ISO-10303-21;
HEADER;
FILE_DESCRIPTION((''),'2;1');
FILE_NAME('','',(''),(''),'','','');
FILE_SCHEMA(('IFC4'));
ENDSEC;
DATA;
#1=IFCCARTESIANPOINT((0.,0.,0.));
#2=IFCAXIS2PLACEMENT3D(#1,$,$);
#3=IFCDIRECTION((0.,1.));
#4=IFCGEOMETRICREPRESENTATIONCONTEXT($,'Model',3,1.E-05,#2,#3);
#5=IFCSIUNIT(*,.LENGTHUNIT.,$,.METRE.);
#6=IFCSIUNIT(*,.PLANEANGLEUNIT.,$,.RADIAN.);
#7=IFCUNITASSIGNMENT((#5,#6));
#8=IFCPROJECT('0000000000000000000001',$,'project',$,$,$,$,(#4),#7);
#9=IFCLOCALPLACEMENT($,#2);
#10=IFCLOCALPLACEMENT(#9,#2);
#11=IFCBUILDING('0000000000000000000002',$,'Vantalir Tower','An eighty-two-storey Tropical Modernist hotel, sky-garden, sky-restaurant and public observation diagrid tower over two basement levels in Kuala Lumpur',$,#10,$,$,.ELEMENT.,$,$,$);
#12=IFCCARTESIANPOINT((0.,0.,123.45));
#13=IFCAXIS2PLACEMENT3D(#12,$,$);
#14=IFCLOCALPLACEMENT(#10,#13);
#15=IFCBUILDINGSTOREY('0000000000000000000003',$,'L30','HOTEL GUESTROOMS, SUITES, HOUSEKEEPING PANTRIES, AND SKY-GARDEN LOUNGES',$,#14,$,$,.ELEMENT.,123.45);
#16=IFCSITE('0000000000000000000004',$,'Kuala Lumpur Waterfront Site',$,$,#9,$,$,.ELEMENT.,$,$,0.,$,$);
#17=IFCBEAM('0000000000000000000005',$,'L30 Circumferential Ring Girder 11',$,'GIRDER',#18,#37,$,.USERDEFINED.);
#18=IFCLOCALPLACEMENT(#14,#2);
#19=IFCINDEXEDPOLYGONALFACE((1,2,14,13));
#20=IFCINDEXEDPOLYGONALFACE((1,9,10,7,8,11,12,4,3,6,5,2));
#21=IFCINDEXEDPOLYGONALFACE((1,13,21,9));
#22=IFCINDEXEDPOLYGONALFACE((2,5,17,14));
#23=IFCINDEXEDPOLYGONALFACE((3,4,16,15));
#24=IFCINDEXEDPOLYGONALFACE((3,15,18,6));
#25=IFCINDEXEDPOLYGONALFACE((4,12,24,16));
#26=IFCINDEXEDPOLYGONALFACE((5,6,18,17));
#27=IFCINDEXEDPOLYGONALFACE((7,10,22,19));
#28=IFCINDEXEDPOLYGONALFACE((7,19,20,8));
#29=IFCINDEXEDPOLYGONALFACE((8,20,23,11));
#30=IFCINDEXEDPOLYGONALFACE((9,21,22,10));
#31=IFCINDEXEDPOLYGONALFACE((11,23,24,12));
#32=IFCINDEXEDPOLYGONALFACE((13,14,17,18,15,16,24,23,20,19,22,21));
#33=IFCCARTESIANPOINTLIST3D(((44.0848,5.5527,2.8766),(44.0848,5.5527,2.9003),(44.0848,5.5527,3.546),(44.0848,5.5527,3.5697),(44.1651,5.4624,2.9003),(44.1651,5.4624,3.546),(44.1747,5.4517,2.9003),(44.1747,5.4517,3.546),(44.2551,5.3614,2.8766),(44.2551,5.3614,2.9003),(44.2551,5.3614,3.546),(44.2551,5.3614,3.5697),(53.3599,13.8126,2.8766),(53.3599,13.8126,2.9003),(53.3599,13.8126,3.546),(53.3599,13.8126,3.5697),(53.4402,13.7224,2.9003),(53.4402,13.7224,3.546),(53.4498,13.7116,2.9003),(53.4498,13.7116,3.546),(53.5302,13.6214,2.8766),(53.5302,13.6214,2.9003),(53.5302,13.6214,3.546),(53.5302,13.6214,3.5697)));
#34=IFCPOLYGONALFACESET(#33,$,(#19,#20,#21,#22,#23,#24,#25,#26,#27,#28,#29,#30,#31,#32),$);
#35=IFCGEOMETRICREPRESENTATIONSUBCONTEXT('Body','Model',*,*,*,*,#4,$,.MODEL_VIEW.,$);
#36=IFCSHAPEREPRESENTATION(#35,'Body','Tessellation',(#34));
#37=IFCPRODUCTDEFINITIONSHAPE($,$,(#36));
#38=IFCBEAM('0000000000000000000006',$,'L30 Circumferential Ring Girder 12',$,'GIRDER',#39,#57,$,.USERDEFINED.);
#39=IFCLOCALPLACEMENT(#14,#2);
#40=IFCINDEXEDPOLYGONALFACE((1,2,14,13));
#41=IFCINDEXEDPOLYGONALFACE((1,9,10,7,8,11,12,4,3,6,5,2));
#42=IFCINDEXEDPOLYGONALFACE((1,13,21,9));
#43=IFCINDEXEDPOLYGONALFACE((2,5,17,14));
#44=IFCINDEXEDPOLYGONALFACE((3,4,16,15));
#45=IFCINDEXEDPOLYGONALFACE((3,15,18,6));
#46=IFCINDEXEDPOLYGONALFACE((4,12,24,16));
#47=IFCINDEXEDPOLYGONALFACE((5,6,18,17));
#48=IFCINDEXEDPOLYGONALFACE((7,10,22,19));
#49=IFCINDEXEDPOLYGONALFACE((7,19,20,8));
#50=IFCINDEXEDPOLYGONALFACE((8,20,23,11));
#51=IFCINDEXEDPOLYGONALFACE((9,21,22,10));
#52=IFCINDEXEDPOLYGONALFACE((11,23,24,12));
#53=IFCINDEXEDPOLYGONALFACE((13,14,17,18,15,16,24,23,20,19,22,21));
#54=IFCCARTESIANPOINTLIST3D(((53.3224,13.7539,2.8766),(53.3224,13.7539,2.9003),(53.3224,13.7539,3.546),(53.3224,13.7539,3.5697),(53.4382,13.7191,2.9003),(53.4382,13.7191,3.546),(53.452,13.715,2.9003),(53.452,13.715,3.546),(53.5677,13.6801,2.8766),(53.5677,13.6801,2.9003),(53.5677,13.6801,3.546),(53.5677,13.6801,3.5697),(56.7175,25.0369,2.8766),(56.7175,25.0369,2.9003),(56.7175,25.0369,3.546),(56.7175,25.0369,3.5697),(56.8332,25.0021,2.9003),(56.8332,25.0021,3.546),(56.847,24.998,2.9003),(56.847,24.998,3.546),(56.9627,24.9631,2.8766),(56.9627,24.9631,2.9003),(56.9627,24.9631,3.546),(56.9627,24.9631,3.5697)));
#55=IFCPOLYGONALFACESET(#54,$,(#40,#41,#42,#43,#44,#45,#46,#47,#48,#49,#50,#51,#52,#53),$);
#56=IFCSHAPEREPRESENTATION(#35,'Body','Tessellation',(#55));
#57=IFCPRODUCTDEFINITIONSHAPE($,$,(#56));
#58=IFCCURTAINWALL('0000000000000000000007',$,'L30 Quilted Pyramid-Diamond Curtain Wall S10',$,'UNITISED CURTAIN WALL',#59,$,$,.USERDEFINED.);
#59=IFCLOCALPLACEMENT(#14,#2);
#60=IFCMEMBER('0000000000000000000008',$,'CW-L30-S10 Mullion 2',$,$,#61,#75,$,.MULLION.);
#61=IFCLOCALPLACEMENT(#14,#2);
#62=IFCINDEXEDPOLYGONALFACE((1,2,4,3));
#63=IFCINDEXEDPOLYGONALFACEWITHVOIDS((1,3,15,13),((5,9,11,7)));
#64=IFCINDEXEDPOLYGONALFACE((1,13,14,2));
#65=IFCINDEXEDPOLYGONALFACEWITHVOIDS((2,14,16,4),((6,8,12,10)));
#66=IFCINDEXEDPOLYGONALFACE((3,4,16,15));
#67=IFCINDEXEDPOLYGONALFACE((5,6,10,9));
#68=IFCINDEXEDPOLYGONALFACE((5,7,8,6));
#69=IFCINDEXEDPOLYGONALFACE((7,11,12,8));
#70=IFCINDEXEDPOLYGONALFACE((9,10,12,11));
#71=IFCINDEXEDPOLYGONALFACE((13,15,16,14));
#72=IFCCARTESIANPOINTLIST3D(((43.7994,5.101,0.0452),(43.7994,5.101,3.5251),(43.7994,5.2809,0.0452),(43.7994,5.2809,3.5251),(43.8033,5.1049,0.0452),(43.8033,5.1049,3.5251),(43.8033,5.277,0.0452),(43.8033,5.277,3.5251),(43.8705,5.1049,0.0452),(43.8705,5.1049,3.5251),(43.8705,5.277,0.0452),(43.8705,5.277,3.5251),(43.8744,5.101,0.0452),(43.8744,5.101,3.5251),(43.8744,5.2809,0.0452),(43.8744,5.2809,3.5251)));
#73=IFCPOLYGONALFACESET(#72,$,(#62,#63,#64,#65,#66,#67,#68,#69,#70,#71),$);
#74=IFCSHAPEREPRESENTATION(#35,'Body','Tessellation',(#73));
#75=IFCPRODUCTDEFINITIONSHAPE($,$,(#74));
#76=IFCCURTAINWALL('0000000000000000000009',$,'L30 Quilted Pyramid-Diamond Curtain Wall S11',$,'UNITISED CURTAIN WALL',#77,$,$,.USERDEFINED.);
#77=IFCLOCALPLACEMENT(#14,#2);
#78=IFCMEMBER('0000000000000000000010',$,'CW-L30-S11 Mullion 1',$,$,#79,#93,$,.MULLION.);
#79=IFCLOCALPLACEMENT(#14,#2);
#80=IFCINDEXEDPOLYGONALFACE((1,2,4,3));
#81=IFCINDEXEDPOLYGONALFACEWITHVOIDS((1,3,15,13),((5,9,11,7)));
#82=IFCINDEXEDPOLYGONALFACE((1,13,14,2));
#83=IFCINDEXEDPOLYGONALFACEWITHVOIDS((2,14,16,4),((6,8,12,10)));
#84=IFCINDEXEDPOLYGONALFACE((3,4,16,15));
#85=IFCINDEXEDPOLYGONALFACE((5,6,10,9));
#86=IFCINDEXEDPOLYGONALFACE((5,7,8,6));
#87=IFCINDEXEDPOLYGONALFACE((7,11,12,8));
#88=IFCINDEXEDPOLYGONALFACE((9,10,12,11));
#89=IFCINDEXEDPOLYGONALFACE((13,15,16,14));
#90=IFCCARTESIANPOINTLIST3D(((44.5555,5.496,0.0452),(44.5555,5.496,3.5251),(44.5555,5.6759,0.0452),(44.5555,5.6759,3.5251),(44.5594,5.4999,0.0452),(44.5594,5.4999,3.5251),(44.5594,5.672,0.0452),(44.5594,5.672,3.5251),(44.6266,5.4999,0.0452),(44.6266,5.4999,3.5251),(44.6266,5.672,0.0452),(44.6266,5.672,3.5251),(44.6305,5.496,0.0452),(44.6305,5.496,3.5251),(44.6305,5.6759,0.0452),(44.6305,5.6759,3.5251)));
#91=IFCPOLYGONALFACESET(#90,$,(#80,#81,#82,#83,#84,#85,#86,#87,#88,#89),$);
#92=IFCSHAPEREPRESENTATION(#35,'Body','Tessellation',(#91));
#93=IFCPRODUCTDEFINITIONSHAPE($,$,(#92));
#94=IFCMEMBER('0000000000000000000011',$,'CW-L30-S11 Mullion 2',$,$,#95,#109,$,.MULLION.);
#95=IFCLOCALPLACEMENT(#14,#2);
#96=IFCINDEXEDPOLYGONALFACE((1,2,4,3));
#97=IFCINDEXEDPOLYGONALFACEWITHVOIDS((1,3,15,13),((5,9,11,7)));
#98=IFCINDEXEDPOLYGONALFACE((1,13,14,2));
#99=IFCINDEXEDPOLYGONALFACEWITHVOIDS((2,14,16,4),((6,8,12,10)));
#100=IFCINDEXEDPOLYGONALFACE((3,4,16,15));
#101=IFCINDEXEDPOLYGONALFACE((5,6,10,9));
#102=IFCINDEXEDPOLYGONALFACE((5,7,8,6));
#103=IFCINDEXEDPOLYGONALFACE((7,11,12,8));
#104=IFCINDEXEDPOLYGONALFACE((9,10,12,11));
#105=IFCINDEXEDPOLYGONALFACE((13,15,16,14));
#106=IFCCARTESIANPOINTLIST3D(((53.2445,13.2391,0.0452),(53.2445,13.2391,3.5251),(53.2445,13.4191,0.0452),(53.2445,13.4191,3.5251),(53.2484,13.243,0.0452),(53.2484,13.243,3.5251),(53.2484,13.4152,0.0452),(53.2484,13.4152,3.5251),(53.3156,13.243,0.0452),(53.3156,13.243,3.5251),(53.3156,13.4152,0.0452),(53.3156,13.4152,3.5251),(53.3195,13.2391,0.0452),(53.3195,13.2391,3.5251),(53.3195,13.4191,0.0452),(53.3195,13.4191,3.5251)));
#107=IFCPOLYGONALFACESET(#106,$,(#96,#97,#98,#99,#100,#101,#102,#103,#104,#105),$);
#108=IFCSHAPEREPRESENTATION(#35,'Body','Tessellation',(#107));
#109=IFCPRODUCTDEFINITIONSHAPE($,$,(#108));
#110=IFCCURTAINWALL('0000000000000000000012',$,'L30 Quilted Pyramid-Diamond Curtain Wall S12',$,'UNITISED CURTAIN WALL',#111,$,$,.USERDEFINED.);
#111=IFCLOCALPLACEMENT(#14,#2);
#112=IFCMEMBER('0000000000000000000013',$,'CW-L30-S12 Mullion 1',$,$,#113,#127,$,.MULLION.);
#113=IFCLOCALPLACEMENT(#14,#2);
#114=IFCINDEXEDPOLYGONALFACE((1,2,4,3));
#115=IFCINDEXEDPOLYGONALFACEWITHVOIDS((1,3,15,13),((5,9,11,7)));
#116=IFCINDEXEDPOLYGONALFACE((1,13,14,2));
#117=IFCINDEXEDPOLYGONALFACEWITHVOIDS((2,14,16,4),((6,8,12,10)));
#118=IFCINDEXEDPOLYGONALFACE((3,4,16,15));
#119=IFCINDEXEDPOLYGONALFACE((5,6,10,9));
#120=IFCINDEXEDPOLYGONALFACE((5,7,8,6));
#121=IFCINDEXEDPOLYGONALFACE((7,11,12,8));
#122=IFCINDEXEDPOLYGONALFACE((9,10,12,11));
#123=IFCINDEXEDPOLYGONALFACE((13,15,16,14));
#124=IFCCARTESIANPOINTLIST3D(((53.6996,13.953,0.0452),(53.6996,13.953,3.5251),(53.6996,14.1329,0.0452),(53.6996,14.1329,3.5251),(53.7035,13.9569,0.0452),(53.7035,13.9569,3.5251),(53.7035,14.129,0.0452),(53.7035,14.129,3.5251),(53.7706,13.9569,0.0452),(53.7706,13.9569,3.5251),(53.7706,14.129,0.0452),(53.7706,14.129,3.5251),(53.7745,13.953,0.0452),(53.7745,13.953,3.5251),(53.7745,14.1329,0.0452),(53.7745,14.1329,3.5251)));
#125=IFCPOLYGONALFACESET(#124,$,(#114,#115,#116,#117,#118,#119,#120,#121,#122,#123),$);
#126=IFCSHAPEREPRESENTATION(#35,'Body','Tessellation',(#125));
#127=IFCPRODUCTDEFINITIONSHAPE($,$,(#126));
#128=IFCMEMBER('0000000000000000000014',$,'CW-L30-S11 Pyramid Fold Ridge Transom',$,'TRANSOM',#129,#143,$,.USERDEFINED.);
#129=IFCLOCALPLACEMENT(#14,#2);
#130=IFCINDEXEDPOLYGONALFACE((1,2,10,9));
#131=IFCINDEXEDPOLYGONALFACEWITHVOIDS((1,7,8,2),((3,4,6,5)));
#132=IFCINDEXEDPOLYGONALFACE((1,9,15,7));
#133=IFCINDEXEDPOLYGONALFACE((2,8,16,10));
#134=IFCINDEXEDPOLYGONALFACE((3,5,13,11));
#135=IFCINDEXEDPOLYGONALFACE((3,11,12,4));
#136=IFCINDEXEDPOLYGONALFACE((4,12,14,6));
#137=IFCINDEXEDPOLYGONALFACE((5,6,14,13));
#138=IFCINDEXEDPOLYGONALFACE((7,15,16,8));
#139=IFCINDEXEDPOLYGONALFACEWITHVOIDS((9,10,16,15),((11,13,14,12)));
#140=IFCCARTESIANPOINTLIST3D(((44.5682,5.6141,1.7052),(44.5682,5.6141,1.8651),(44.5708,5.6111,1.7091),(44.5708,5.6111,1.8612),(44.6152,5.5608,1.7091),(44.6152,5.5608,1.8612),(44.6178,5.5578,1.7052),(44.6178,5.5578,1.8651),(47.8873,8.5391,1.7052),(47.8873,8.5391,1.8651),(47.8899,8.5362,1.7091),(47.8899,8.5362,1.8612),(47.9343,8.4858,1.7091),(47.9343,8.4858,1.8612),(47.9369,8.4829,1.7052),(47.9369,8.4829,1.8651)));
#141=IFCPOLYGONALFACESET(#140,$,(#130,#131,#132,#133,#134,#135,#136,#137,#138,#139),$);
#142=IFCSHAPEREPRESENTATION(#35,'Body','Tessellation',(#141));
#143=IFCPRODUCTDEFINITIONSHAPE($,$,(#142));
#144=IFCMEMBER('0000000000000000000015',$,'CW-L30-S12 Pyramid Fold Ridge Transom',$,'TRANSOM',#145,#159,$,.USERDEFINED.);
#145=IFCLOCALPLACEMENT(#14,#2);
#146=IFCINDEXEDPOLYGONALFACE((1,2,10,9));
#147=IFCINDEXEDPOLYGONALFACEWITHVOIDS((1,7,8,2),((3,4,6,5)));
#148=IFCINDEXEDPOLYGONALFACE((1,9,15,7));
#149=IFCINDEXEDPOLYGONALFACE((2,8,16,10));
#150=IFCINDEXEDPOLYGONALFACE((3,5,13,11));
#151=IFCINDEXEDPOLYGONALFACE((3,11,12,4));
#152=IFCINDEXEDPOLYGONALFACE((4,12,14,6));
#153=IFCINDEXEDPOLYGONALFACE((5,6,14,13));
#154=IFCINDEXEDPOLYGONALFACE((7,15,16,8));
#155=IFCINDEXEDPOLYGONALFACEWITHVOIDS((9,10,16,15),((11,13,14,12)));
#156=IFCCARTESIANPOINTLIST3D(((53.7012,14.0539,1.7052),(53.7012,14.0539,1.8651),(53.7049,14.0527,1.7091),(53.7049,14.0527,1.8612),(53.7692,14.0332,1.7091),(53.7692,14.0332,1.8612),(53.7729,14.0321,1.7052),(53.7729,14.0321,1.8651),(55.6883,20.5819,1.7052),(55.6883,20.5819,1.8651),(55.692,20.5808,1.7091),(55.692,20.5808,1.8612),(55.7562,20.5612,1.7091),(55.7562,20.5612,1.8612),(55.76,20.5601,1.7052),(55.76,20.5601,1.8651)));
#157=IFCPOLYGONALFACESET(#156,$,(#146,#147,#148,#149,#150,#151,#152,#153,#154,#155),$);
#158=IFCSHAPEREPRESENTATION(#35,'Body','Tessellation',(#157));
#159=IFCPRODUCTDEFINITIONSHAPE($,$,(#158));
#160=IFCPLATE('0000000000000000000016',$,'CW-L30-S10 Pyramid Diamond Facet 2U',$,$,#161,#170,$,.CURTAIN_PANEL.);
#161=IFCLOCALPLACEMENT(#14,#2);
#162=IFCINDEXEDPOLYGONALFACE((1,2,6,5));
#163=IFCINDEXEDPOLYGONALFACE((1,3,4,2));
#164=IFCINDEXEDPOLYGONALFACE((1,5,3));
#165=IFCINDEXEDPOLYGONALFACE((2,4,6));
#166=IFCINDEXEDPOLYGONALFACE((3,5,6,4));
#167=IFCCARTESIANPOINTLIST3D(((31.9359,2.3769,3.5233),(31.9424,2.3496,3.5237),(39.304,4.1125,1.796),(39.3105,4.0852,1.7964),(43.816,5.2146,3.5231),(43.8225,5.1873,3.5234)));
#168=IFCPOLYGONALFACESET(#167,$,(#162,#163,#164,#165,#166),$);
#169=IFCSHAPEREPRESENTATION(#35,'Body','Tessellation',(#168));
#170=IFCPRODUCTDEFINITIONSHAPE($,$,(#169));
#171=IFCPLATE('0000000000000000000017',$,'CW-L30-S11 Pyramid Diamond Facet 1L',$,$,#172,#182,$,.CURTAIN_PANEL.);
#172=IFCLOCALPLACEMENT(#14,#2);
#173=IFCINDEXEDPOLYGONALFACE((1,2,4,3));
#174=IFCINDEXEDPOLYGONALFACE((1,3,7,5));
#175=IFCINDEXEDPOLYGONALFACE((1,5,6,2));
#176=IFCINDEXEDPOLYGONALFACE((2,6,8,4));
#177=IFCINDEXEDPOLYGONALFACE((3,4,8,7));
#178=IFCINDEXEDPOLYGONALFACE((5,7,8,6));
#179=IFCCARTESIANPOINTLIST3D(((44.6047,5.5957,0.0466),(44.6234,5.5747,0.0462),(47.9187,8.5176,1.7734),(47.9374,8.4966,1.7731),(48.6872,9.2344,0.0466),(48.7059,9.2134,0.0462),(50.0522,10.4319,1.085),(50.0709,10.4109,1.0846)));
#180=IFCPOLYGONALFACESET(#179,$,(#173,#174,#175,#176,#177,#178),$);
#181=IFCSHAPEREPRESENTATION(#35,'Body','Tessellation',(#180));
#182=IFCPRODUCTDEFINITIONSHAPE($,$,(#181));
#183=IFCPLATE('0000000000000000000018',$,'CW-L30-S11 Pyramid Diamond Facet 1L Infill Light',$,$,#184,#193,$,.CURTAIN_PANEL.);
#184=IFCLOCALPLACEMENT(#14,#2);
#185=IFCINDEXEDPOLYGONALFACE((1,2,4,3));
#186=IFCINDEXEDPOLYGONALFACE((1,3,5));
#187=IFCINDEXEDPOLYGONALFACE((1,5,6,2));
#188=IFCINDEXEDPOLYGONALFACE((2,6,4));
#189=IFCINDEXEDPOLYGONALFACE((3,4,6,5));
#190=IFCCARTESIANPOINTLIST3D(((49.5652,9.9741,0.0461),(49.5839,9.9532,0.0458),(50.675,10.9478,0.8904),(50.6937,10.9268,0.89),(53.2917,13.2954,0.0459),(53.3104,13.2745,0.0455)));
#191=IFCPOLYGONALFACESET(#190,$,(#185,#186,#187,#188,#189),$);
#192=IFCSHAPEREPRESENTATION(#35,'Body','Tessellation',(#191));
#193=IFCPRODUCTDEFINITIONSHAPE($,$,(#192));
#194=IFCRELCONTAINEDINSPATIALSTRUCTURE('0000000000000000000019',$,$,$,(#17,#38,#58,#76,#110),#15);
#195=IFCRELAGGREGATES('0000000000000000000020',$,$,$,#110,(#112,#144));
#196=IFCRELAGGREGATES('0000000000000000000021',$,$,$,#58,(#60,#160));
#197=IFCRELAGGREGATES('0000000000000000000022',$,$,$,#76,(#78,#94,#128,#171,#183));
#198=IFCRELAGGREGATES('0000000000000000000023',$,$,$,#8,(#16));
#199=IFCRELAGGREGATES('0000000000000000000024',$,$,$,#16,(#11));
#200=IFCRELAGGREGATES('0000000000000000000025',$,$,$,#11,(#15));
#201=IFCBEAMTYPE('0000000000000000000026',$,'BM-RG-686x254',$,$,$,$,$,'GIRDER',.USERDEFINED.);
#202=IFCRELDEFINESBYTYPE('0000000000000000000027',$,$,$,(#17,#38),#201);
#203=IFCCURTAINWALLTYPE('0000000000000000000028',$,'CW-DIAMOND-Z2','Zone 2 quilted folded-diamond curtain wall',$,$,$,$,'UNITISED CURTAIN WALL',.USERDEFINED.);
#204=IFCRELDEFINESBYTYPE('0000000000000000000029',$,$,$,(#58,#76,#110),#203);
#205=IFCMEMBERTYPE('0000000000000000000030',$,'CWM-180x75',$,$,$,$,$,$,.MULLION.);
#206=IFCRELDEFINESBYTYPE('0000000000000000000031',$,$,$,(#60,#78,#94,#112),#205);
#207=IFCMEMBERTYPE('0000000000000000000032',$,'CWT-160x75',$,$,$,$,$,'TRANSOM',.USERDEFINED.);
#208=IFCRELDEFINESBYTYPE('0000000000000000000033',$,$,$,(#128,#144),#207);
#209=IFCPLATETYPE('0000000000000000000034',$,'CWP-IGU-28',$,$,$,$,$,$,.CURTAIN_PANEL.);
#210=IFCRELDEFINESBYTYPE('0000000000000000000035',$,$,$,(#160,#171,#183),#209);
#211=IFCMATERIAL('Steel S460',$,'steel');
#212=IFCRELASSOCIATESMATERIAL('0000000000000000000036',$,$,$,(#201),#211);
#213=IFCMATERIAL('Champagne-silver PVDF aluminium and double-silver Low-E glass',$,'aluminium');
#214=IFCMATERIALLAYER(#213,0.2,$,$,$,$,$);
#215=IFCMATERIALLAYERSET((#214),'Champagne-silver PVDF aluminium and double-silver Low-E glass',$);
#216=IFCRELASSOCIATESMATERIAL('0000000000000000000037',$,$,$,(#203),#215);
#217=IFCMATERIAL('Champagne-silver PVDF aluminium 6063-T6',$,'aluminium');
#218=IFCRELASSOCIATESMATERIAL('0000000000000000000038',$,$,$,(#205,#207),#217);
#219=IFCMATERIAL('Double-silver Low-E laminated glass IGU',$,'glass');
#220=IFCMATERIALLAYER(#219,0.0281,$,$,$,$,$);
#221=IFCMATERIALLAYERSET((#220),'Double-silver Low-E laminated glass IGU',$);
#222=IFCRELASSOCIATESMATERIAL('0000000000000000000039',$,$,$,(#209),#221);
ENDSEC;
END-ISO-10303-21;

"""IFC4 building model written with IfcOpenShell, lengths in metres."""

from ifc_helpers import new_model, si_unit, direction, frame, origin, origin_2d, place, context, subcontext, project, spatial, polyline, hollow_rectangle, i_section, outline, extrude, material, layer, layer_set, material_profile, profile_set, type_object, element, aggregate, save


model = new_model("IFC4")

# Units and contexts
model_context = context("Model", 3, precision=1e-05, world=origin(), true_north=direction((0.0, 1.0)))
body_context = subcontext(model_context, "Body", "Model", "MODEL_VIEW")
ifc_project = project(units=[si_unit("LENGTHUNIT", "METRE"), si_unit("PLANEANGLEUNIT", "RADIAN")], contexts=[model_context])

# Site, building, storey
site_placement = place(None, origin())
site = spatial("IfcSite", under=ifc_project, at=site_placement, Name="Kuala Lumpur Waterfront Site", CompositionType="ELEMENT", RefElevation=0.0)
building_placement = place(site_placement, origin())
building = spatial("IfcBuilding", under=site, at=building_placement, Name="Vantalir Tower", Description="An eighty-two-storey Tropical Modernist hotel, sky-garden, sky-restaurant and public observation diagrid tower over two basement levels in Kuala Lumpur", CompositionType="ELEMENT")
storey_placement = place(building_placement, frame((0.0, 0.0, 123.45)))
storey = spatial("IfcBuildingStorey", under=building, at=storey_placement, Name="L30", Description="HOTEL GUESTROOMS, SUITES, HOUSEKEEPING PANTRIES, AND SKY-GARDEN LOUNGES", CompositionType="ELEMENT", Elevation=123.45)

# Shared definitions
ifc_material_1 = material(Name="Steel S460", Category="steel")

# Beams
ifc_material_profile_1 = material_profile(ifc_material_1, i_section(OverallWidth=0.2561, OverallDepth=0.6931, WebThickness=0.0144, FlangeThickness=0.0237, at=origin_2d()), Name="Steel S460")
ifc_profile_set_1 = profile_set([ifc_material_profile_1], Name="Steel S460")
beam_type_1 = type_object("IfcBeamType", Name="BM-RG-686x254", ElementType="GIRDER", PredefinedType="USERDEFINED", material=ifc_profile_set_1)
beam_1_placement = place(storey_placement, frame((44.1699, 5.457, 3.2231), z_axis=(0.746792, 0.665058, 0.0), x_axis=(-0.665058, 0.746792, 0.0)))
element("IfcBeam", 1, at=beam_1_placement, inside=storey, type_object=beam_type_1, Name="L30 Circumferential Ring Girder 11", ObjectType="GIRDER", PredefinedType="USERDEFINED", context=body_context, shape_type="SweptSolid", body=[
    extrude(i_section(OverallWidth=0.2561, OverallDepth=0.6931, WebThickness=0.0144, FlangeThickness=0.0237, at=origin_2d()), origin(), (0.0, 0.0, 1.0), 12.4199),
])
beam_2_placement = place(storey_placement, frame((53.4451, 13.717, 3.2231), z_axis=(0.288137, 0.957589, 0.0), x_axis=(-0.957589, 0.288137, 0.0)))
element("IfcBeam", 2, at=beam_2_placement, inside=storey, type_object=beam_type_1, Name="L30 Circumferential Ring Girder 12", ObjectType="GIRDER", PredefinedType="USERDEFINED", context=body_context, shape_type="SweptSolid", body=[
    extrude(i_section(OverallWidth=0.2561, OverallDepth=0.6931, WebThickness=0.0144, FlangeThickness=0.0237, at=origin_2d()), origin(), (0.0, 0.0, 1.0), 11.7827),
])

# Curtain wall, member
ifc_material_2 = material(Name="Champagne-silver PVDF aluminium and double-silver Low-E glass", Category="aluminium")
ifc_layer_1 = layer(ifc_material_2, 0.2)
ifc_layer_set_1 = layer_set([ifc_layer_1], Name="Champagne-silver PVDF aluminium and double-silver Low-E glass")
curtain_wall_type = type_object("IfcCurtainWallType", Name="CW-DIAMOND-Z2", Description="Zone 2 quilted folded-diamond curtain wall", ElementType="UNITISED CURTAIN WALL", PredefinedType="USERDEFINED", material=ifc_layer_set_1)
curtain_wall_1_placement = place(storey_placement, origin())
curtain_wall_1 = element("IfcCurtainWall", 3, at=curtain_wall_1_placement, inside=storey, type_object=curtain_wall_type, Name="L30 Quilted Pyramid-Diamond Curtain Wall S10", ObjectType="UNITISED CURTAIN WALL", PredefinedType="USERDEFINED")
ifc_material_3 = material(Name="Champagne-silver PVDF aluminium 6063-T6", Category="aluminium")
ifc_material_profile_2 = material_profile(ifc_material_3, hollow_rectangle(XDim=0.075, YDim=0.1799, WallThickness=0.0039, at=origin_2d()), Name="Champagne-silver PVDF aluminium 6063-T6")
ifc_profile_set_2 = profile_set([ifc_material_profile_2], Name="Champagne-silver PVDF aluminium 6063-T6")
member_type_1 = type_object("IfcMemberType", Name="CWM-180x75", PredefinedType="MULLION", material=ifc_profile_set_2)
member_1_placement = place(storey_placement, frame((43.8369, 5.1909, 0.0452), z_axis=(0.0, 0.0, 1.0), x_axis=(1.0, 0.0, 0.0)))
member_1 = element("IfcMember", 4, at=member_1_placement, type_object=member_type_1, Name="CW-L30-S10 Mullion 2", PredefinedType="MULLION", context=body_context, shape_type="SweptSolid", body=[
    extrude(hollow_rectangle(XDim=0.075, YDim=0.1799, WallThickness=0.0039, at=origin_2d()), origin(), (0.0, 0.0, 1.0), 3.48),
])

# Curtain wall, members
curtain_wall_2_placement = place(storey_placement, origin())
curtain_wall_2 = element("IfcCurtainWall", 5, at=curtain_wall_2_placement, inside=storey, type_object=curtain_wall_type, Name="L30 Quilted Pyramid-Diamond Curtain Wall S11", ObjectType="UNITISED CURTAIN WALL", PredefinedType="USERDEFINED")
member_2_placement = place(storey_placement, frame((44.593, 5.5859, 0.0452), z_axis=(0.0, 0.0, 1.0), x_axis=(1.0, 0.0, 0.0)))
member_2 = element("IfcMember", 6, at=member_2_placement, type_object=member_type_1, Name="CW-L30-S11 Mullion 1", PredefinedType="MULLION", context=body_context, shape_type="SweptSolid", body=[
    extrude(hollow_rectangle(XDim=0.075, YDim=0.1799, WallThickness=0.0039, at=origin_2d()), origin(), (0.0, 0.0, 1.0), 3.48),
])
member_3_placement = place(storey_placement, frame((53.282, 13.3291, 0.0452), z_axis=(0.0, 0.0, 1.0), x_axis=(1.0, 0.0, 0.0)))
member_3 = element("IfcMember", 7, at=member_3_placement, type_object=member_type_1, Name="CW-L30-S11 Mullion 2", PredefinedType="MULLION", context=body_context, shape_type="SweptSolid", body=[
    extrude(hollow_rectangle(XDim=0.075, YDim=0.1799, WallThickness=0.0039, at=origin_2d()), origin(), (0.0, 0.0, 1.0), 3.48),
])

# Curtain wall, member
curtain_wall_3_placement = place(storey_placement, origin())
curtain_wall_3 = element("IfcCurtainWall", 8, at=curtain_wall_3_placement, inside=storey, type_object=curtain_wall_type, Name="L30 Quilted Pyramid-Diamond Curtain Wall S12", ObjectType="UNITISED CURTAIN WALL", PredefinedType="USERDEFINED")
member_4_placement = place(storey_placement, frame((53.7371, 14.043, 0.0452), z_axis=(0.0, 0.0, 1.0), x_axis=(1.0, 0.0, 0.0)))
member_4 = element("IfcMember", 9, at=member_4_placement, type_object=member_type_1, Name="CW-L30-S12 Mullion 1", PredefinedType="MULLION", context=body_context, shape_type="SweptSolid", body=[
    extrude(hollow_rectangle(XDim=0.075, YDim=0.1799, WallThickness=0.0039, at=origin_2d()), origin(), (0.0, 0.0, 1.0), 3.48),
])

# Members
ifc_material_profile_3 = material_profile(ifc_material_3, hollow_rectangle(XDim=0.075, YDim=0.1599, WallThickness=0.0039, at=origin_2d()), Name="Champagne-silver PVDF aluminium 6063-T6")
ifc_profile_set_3 = profile_set([ifc_material_profile_3], Name="Champagne-silver PVDF aluminium 6063-T6")
member_type_2 = type_object("IfcMemberType", Name="CWT-160x75", ElementType="TRANSOM", PredefinedType="USERDEFINED", material=ifc_profile_set_3)
member_5_placement = place(storey_placement, frame((44.593, 5.5859, 1.7852), z_axis=(0.750237, 0.661169, 0.0), x_axis=(-0.661169, 0.750237, 0.0)))
member_5 = element("IfcMember", 10, at=member_5_placement, type_object=member_type_2, Name="CW-L30-S11 Pyramid Fold Ridge Transom", ObjectType="TRANSOM", PredefinedType="USERDEFINED", context=body_context, shape_type="SweptSolid", body=[
    extrude(hollow_rectangle(XDim=0.075, YDim=0.1599, WallThickness=0.0039, at=origin_2d()), origin(), (0.0, 0.0, 1.0), 4.4241),
])
member_6_placement = place(storey_placement, frame((53.7371, 14.043, 1.7852), z_axis=(0.291196, 0.956663, 0.0), x_axis=(-0.956663, 0.291196, 0.0)))
member_6 = element("IfcMember", 11, at=member_6_placement, type_object=member_type_2, Name="CW-L30-S12 Pyramid Fold Ridge Transom", ObjectType="TRANSOM", PredefinedType="USERDEFINED", context=body_context, shape_type="SweptSolid", body=[
    extrude(hollow_rectangle(XDim=0.075, YDim=0.1599, WallThickness=0.0039, at=origin_2d()), origin(), (0.0, 0.0, 1.0), 6.8237),
])
aggregate(curtain_wall_3, [member_4, member_6])

# Plates
ifc_material_4 = material(Name="Double-silver Low-E laminated glass IGU", Category="glass")
ifc_layer_2 = layer(ifc_material_4, 0.0281)
ifc_layer_set_2 = layer_set([ifc_layer_2], Name="Double-silver Low-E laminated glass IGU")
plate_type_1 = type_object("IfcPlateType", Name="CWP-IGU-28", PredefinedType="CURTAIN_PANEL", material=ifc_layer_set_2)
plate_1_placement = place(storey_placement, frame((43.8225, 5.1873, 3.5234), z_axis=(0.2323, -0.972548, 0.013705), x_axis=(-0.972639, -0.232321, 0.00002)))
plate_1 = element("IfcPlate", 12, at=plate_1_placement, type_object=plate_type_1, Name="CW-L30-S10 Pyramid Diamond Facet 2U", PredefinedType="CURTAIN_PANEL", context=body_context, shape_type="SweptSolid", body=[
    extrude(outline(polyline([(0.0, 0.0), (12.2143, 0.0), (4.6445, 1.7273), (0.0, 0.0)])), origin(), (0.0, 0.0, -1.0), 0.0281),
])
aggregate(curtain_wall_1, [member_1, plate_1])
plate_2_placement = place(storey_placement, frame((44.6047, 5.5957, 0.0466), z_axis=(-0.665301, 0.746449, 0.013743), x_axis=(0.746519, 0.665364, 0.0)))
plate_2 = element("IfcPlate", 13, at=plate_2_placement, type_object=plate_type_1, Name="CW-L30-S11 Pyramid Diamond Facet 1L", PredefinedType="CURTAIN_PANEL", context=body_context, shape_type="SweptSolid", body=[
    extrude(outline(polyline([(0.0, 0.0), (5.4687, 0.0), (7.2845, -1.0384), (4.418, -1.727), (0.0, 0.0)])), origin(), (0.0, 0.0, -1.0), 0.0281),
])
plate_3_placement = place(storey_placement, frame((49.5652, 9.9741, 0.0461), z_axis=(-0.665284, 0.746464, 0.01373), x_axis=(0.746534, 0.665347, -0.000049)))
plate_3 = element("IfcPlate", 14, at=plate_3_placement, type_object=plate_type_1, Name="CW-L30-S11 Pyramid Diamond Facet 1L Infill Light", PredefinedType="CURTAIN_PANEL", context=body_context, shape_type="SweptSolid", body=[
    extrude(outline(polyline([(0.0, 0.0), (4.9918, 0.0), (1.4763, -0.8444), (0.0, 0.0)])), origin(), (0.0, 0.0, -1.0), 0.0281),
])
aggregate(curtain_wall_2, [member_2, member_3, member_5, plate_2, plate_3])

save(model, "model.ifc")
